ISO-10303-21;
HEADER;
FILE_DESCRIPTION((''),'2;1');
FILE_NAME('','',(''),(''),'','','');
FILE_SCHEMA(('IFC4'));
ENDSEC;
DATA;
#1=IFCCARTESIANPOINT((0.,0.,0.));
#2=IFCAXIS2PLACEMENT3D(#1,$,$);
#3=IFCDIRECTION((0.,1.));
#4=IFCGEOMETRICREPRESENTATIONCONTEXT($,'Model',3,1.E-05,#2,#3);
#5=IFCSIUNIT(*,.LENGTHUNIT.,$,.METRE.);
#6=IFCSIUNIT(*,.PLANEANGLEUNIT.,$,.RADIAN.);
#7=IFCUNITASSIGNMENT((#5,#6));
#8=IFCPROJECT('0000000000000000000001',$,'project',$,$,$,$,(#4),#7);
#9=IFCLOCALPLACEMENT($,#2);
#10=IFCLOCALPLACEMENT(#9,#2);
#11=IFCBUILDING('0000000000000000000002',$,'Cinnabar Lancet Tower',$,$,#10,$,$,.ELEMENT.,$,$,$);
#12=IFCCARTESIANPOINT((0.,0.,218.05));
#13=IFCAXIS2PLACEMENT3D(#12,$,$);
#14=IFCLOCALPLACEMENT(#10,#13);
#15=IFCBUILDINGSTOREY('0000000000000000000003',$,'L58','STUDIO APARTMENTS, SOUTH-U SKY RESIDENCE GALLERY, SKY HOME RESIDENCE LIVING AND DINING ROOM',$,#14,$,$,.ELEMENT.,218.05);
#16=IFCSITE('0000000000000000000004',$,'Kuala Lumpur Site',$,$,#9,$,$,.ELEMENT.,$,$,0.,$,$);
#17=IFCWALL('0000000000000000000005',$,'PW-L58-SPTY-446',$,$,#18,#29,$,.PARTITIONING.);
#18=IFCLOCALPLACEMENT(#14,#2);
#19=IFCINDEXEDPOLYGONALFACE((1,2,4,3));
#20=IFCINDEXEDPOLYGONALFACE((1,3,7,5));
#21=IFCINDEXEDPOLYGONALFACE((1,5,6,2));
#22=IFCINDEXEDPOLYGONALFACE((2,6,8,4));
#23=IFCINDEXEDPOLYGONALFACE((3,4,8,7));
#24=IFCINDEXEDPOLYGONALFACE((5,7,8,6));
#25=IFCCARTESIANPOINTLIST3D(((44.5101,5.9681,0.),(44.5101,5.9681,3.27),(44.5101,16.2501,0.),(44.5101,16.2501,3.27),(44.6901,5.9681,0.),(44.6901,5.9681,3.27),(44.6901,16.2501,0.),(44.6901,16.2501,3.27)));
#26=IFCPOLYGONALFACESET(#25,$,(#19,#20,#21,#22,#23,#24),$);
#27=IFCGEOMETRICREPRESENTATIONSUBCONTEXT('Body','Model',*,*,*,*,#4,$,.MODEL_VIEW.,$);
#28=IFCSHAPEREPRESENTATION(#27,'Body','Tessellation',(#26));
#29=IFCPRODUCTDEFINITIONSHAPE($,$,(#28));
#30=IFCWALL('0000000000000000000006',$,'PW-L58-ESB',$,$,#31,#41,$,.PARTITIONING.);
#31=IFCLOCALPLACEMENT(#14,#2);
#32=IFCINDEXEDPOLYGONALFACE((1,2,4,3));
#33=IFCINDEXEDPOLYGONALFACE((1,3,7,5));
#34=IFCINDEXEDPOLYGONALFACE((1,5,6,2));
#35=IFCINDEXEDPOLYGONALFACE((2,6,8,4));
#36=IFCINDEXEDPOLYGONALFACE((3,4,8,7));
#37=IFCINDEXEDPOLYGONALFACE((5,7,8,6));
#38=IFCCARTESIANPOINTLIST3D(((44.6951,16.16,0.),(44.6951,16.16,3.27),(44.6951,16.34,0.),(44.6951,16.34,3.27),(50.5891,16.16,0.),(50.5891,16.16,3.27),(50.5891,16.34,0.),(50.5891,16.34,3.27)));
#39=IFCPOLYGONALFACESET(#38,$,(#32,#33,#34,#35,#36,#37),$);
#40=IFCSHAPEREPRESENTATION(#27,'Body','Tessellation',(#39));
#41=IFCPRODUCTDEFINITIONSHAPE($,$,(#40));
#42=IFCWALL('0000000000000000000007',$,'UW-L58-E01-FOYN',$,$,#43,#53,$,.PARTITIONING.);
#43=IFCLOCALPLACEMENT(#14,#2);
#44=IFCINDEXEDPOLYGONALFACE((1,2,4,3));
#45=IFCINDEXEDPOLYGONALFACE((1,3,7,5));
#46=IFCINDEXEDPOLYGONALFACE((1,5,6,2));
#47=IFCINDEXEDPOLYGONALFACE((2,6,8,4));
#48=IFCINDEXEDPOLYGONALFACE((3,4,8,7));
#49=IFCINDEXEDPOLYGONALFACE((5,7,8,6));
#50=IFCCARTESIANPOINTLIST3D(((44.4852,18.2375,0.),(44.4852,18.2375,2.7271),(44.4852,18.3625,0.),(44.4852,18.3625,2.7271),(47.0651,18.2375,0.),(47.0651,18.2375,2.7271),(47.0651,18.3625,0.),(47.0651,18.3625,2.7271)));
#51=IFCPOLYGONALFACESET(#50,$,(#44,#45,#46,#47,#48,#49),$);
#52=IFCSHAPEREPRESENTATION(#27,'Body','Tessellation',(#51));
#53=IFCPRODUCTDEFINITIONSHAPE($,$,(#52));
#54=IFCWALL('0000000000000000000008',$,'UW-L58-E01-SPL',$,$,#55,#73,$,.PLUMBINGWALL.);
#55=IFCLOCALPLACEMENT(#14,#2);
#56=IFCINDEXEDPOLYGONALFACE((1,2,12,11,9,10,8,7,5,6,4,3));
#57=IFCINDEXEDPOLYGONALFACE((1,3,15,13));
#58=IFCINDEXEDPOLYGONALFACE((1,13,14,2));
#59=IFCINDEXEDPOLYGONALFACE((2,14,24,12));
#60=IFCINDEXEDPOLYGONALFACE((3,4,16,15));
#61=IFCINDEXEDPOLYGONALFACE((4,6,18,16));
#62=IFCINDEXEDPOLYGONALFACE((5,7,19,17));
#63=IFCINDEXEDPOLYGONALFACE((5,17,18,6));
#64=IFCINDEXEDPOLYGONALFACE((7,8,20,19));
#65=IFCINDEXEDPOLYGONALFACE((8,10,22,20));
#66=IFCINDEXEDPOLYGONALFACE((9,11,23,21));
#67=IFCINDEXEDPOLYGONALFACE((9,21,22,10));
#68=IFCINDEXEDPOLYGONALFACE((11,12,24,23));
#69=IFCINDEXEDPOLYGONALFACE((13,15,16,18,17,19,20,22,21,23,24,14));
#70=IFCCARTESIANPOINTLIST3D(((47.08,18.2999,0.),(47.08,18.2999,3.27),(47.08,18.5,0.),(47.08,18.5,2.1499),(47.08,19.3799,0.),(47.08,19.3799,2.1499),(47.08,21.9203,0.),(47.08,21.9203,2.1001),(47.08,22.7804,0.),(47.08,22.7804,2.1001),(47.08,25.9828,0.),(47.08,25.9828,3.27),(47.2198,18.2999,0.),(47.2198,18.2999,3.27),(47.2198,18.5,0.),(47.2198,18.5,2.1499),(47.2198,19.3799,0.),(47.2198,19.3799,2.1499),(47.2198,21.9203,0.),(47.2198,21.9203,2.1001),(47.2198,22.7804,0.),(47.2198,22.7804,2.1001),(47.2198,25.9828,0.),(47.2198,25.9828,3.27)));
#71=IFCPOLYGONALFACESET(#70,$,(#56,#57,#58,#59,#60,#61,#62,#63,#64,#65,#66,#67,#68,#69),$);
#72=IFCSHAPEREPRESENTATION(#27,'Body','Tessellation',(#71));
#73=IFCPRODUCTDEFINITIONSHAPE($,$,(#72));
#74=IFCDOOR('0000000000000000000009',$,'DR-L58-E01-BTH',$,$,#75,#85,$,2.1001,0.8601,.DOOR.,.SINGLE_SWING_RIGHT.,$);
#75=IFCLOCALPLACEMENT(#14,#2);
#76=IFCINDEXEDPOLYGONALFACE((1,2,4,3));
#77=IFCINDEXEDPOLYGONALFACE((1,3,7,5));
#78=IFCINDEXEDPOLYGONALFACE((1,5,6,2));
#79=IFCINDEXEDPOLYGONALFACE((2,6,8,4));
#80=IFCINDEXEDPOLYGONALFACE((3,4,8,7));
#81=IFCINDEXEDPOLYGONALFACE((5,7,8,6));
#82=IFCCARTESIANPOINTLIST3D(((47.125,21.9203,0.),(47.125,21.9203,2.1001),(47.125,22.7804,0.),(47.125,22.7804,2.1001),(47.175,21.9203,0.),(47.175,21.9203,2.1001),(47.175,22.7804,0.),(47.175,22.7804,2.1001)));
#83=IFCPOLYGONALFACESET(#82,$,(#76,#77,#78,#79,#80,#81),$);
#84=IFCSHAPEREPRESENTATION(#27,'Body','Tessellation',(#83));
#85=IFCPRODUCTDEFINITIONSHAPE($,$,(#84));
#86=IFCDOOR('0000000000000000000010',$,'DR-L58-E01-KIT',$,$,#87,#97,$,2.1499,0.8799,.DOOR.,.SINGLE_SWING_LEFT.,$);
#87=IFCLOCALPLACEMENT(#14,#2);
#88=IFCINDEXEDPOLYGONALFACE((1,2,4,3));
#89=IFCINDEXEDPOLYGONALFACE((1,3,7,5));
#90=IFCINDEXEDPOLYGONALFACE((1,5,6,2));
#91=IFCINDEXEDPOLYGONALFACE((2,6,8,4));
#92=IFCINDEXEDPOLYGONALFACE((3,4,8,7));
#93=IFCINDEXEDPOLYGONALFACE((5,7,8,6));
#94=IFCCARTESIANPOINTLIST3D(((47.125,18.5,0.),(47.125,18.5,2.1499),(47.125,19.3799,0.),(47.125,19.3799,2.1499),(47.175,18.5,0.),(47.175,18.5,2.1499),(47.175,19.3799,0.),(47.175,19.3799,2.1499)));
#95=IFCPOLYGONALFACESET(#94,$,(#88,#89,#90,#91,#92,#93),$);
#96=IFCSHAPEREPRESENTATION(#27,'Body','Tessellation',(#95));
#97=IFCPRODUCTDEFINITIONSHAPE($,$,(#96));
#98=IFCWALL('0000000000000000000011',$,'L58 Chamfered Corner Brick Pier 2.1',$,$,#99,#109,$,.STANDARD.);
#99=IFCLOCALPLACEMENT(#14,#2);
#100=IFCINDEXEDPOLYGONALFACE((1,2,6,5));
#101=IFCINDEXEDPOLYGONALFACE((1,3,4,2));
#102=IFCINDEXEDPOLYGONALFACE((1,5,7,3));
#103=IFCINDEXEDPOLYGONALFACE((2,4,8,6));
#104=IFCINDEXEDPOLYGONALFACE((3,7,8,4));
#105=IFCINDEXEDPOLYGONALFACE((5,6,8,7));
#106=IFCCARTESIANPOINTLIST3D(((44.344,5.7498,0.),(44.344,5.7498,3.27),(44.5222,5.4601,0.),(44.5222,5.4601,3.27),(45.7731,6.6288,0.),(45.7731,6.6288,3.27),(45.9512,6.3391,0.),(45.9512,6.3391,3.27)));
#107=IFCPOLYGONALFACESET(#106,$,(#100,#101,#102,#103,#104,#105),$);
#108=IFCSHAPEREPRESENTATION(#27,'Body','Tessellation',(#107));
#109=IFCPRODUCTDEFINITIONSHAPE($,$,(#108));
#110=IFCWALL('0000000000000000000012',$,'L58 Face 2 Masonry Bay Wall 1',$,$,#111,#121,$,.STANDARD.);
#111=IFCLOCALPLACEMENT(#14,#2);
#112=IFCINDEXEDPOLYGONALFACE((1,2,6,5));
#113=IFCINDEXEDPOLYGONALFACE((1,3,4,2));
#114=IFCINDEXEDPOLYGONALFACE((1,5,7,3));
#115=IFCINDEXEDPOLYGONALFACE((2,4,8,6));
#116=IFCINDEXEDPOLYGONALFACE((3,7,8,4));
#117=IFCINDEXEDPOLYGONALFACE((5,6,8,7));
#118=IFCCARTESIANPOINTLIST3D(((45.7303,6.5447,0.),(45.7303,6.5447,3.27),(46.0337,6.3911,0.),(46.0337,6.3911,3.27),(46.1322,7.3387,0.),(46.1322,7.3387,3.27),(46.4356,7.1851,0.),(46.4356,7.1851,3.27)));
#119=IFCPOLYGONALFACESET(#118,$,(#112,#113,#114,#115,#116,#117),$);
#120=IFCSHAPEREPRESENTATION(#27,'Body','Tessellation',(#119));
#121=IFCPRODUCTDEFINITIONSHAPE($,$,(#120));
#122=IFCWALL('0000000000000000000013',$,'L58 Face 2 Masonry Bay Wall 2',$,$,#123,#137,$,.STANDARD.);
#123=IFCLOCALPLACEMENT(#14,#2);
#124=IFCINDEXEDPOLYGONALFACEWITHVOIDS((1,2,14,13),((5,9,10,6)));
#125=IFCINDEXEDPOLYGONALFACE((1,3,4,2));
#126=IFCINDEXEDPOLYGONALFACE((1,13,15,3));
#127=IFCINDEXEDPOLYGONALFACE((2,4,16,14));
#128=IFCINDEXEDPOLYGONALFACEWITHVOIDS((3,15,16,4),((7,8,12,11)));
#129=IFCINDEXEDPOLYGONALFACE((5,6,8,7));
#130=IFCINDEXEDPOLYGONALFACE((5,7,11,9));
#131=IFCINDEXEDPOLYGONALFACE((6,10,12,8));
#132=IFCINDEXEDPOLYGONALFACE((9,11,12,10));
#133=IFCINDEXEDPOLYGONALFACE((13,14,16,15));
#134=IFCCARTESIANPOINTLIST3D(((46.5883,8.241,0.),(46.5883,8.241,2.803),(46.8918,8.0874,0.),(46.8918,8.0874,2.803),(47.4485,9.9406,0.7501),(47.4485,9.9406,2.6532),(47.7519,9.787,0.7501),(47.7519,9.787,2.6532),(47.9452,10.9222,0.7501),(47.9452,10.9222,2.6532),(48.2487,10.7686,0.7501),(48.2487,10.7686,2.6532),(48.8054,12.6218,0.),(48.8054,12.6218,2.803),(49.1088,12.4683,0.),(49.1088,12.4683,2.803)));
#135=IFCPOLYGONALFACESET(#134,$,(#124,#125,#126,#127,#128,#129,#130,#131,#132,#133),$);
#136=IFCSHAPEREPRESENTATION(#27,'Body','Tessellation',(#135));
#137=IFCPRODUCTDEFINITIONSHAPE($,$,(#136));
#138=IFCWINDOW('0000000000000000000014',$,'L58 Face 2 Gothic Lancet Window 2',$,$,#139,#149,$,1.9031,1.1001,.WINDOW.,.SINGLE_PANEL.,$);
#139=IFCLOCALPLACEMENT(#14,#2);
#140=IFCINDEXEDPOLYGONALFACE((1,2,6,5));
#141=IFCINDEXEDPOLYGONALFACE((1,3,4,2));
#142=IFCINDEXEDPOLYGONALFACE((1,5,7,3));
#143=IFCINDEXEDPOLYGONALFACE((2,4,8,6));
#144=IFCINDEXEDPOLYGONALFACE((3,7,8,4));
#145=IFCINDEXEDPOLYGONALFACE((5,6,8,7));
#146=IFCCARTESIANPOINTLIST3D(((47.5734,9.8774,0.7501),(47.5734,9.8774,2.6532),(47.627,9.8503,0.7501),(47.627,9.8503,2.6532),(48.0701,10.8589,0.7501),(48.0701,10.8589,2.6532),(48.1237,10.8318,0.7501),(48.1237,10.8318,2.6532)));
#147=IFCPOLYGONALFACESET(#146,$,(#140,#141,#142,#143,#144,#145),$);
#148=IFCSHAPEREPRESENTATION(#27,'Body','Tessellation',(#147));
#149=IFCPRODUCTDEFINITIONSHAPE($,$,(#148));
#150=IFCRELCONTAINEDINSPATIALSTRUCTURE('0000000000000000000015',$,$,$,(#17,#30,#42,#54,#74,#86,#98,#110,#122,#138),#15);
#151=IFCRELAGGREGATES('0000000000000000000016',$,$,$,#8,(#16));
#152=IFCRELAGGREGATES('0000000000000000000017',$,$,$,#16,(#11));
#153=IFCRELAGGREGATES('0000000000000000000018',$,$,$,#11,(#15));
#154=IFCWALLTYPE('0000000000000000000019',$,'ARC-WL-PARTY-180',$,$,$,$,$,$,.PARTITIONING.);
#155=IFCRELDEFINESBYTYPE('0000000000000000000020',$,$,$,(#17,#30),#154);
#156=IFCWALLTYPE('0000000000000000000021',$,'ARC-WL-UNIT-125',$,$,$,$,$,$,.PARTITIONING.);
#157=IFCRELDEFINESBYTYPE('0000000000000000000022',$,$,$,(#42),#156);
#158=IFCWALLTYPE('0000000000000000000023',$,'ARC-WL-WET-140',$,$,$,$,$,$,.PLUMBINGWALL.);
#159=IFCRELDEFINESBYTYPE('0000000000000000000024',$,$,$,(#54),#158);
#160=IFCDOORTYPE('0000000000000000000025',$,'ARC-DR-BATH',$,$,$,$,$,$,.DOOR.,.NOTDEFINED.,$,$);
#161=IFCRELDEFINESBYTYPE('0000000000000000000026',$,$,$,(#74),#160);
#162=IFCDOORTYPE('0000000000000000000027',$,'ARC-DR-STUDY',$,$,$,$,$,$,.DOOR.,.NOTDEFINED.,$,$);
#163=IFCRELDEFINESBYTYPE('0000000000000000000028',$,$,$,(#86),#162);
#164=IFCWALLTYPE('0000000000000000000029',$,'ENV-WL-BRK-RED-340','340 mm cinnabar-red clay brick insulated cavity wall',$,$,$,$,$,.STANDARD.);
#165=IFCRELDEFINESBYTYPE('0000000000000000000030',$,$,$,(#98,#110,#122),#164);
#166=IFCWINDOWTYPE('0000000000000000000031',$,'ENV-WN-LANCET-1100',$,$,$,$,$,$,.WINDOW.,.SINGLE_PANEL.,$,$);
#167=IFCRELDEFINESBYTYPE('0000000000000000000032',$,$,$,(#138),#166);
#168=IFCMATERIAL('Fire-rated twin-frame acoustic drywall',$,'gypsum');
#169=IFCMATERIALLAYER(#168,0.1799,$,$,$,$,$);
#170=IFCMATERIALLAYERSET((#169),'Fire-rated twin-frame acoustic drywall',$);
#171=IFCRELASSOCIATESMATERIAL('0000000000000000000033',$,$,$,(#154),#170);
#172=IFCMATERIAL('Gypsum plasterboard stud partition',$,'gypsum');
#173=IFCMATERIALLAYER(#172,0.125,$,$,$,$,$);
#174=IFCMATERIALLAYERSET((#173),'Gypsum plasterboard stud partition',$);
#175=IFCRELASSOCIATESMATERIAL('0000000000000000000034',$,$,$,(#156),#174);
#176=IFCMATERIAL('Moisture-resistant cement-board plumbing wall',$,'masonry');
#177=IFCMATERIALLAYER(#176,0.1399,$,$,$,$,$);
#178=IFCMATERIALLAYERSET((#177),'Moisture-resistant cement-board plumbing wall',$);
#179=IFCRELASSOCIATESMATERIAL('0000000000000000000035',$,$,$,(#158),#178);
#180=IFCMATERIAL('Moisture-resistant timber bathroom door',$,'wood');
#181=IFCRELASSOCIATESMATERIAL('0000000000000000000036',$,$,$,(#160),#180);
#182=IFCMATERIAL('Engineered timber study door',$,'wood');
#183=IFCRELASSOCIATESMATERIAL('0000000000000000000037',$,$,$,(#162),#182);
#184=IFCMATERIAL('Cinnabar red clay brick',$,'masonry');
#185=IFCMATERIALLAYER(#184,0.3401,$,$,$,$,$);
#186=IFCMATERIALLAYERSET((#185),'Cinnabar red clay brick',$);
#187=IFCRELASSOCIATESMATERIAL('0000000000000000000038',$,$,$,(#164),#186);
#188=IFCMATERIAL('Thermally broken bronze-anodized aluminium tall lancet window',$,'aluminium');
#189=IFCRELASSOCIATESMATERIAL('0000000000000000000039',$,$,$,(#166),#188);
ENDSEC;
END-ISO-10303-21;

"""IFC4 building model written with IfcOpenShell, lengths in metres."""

from ifc_helpers import new_model, si_unit, direction, frame, frame_2d, origin, place, context, subcontext, project, spatial, rectangle, extrude, material, layer, layer_set, type_object, element, fill, save


model = new_model("IFC4")

# Units and contexts
model_context = context("Model", 3, precision=1e-05, world=origin(), true_north=direction((0.0, 1.0)))
body_context = subcontext(model_context, "Body", "Model", "MODEL_VIEW")
ifc_project = project(units=[si_unit("LENGTHUNIT", "METRE"), si_unit("PLANEANGLEUNIT", "RADIAN")], contexts=[model_context])

# Site, building, storey
site_placement = place(None, origin())
site = spatial("IfcSite", under=ifc_project, at=site_placement, Name="Kuala Lumpur Site", CompositionType="ELEMENT", RefElevation=0.0)
building_placement = place(site_placement, origin())
building = spatial("IfcBuilding", under=site, at=building_placement, Name="Cinnabar Lancet Tower", CompositionType="ELEMENT")
storey_placement = place(building_placement, frame((0.0, 0.0, 218.05)))
storey = spatial("IfcBuildingStorey", under=building, at=storey_placement, Name="L58", Description="STUDIO APARTMENTS, SOUTH-U SKY RESIDENCE GALLERY, SKY HOME RESIDENCE LIVING AND DINING ROOM", CompositionType="ELEMENT", Elevation=218.05)

# Walls
ifc_material_1 = material(Name="Fire-rated twin-frame acoustic drywall", Category="gypsum")
ifc_layer_1 = layer(ifc_material_1, 0.1799)
ifc_layer_set_1 = layer_set([ifc_layer_1], Name="Fire-rated twin-frame acoustic drywall")
wall_type_1 = type_object("IfcWallType", Name="ARC-WL-PARTY-180", PredefinedType="PARTITIONING", material=ifc_layer_set_1)
wall_1_placement = place(storey_placement, frame((44.6001, 5.968, 0.0), z_axis=(0.0, 0.0, 1.0), x_axis=(0.0, 1.0, 0.0)))
element("IfcWall", 1, at=wall_1_placement, inside=storey, type_object=wall_type_1, Name="PW-L58-SPTY-446", PredefinedType="PARTITIONING", context=body_context, shape_type="SweptSolid", body=[
    extrude(rectangle(XDim=10.282, YDim=0.1799, at=frame_2d((5.1411, 0.0))), origin(), (0.0, 0.0, 1.0), 3.27),
])
wall_2_placement = place(storey_placement, frame((44.6951, 16.25, 0.0), z_axis=(0.0, 0.0, 1.0), x_axis=(1.0, 0.0, 0.0)))
element("IfcWall", 2, at=wall_2_placement, inside=storey, type_object=wall_type_1, Name="PW-L58-ESB", PredefinedType="PARTITIONING", context=body_context, shape_type="SweptSolid", body=[
    extrude(rectangle(XDim=5.894, YDim=0.1799, at=frame_2d((2.947, 0.0))), origin(), (0.0, 0.0, 1.0), 3.27),
])
ifc_material_2 = material(Name="Gypsum plasterboard stud partition", Category="gypsum")
ifc_layer_2 = layer(ifc_material_2, 0.125)
ifc_layer_set_2 = layer_set([ifc_layer_2], Name="Gypsum plasterboard stud partition")
wall_type_2 = type_object("IfcWallType", Name="ARC-WL-UNIT-125", PredefinedType="PARTITIONING", material=ifc_layer_set_2)
wall_3_placement = place(storey_placement, frame((44.4851, 18.3, 0.0), z_axis=(0.0, 0.0, 1.0), x_axis=(1.0, 0.0, 0.0)))
element("IfcWall", 3, at=wall_3_placement, inside=storey, type_object=wall_type_2, Name="UW-L58-E01-FOYN", PredefinedType="PARTITIONING", context=body_context, shape_type="SweptSolid", body=[
    extrude(rectangle(XDim=2.5798, YDim=0.125, at=frame_2d((1.29, 0.0))), origin(), (0.0, 0.0, 1.0), 2.7271),
])

# Wall, openings, doors
ifc_material_3 = material(Name="Moisture-resistant cement-board plumbing wall", Category="masonry")
ifc_layer_3 = layer(ifc_material_3, 0.1399)
ifc_layer_set_3 = layer_set([ifc_layer_3], Name="Moisture-resistant cement-board plumbing wall")
wall_type_3 = type_object("IfcWallType", Name="ARC-WL-WET-140", PredefinedType="PLUMBINGWALL", material=ifc_layer_set_3)
wall_4_placement = place(storey_placement, frame((47.1499, 18.3, 0.0), z_axis=(0.0, 0.0, 1.0), x_axis=(0.0, 1.0, 0.0)))
wall_4 = element("IfcWall", 4, at=wall_4_placement, inside=storey, type_object=wall_type_3, Name="UW-L58-E01-SPL", PredefinedType="PLUMBINGWALL", context=body_context, shape_type="SweptSolid", body=[
    extrude(rectangle(XDim=7.6829, YDim=0.1399, at=frame_2d((3.8413, 0.0))), origin(), (0.0, 0.0, 1.0), 3.27),
])
opening_1_placement = place(wall_4_placement, frame((3.6201, 0.0, 0.0)))
opening_1 = element("IfcOpeningElement", 5, at=opening_1_placement, cuts=wall_4, PredefinedType="OPENING", context=body_context, shape_type="SweptSolid", body=[
    extrude(rectangle(XDim=0.8601, YDim=2.1001, at=frame_2d((0.4302, 1.05))), frame((0.0, 0.0798, 0.0), z_axis=(0.0, -1.0, 0.0), x_axis=(1.0, 0.0, 0.0)), (0.0, 0.0, 1.0), 0.1599),
])
opening_2_placement = place(wall_4_placement, frame((0.2, 0.0, 0.0)))
opening_2 = element("IfcOpeningElement", 6, at=opening_2_placement, cuts=wall_4, PredefinedType="OPENING", context=body_context, shape_type="SweptSolid", body=[
    extrude(rectangle(XDim=0.8799, YDim=2.1499, at=frame_2d((0.4399, 1.075))), frame((0.0, 0.0798, 0.0), z_axis=(0.0, -1.0, 0.0), x_axis=(1.0, 0.0, 0.0)), (0.0, 0.0, 1.0), 0.1599),
])
ifc_material_4 = material(Name="Moisture-resistant timber bathroom door", Category="wood")
door_type_1 = type_object("IfcDoorType", Name="ARC-DR-BATH", OperationType="NOTDEFINED", PredefinedType="DOOR", material=ifc_material_4)
door_1_placement = place(opening_1_placement, origin())
door_1 = element("IfcDoor", 7, at=door_1_placement, inside=storey, type_object=door_type_1, Name="DR-L58-E01-BTH", OperationType="SINGLE_SWING_RIGHT", OverallHeight=2.1001, OverallWidth=0.8601, PredefinedType="DOOR", context=body_context, shape_type="SweptSolid", body=[
    extrude(rectangle(XDim=0.8601, YDim=2.1001, at=frame_2d((0.4302, 1.05))), frame((0.0, 0.0249, 0.0), z_axis=(0.0, -1.0, 0.0), x_axis=(1.0, 0.0, 0.0)), (0.0, 0.0, 1.0), 0.05),
])
fill(opening_1, door_1)
ifc_material_5 = material(Name="Engineered timber study door", Category="wood")
door_type_2 = type_object("IfcDoorType", Name="ARC-DR-STUDY", OperationType="NOTDEFINED", PredefinedType="DOOR", material=ifc_material_5)
door_2_placement = place(opening_2_placement, origin())
door_2 = element("IfcDoor", 8, at=door_2_placement, inside=storey, type_object=door_type_2, Name="DR-L58-E01-KIT", OperationType="SINGLE_SWING_LEFT", OverallHeight=2.1499, OverallWidth=0.8799, PredefinedType="DOOR", context=body_context, shape_type="SweptSolid", body=[
    extrude(rectangle(XDim=0.8799, YDim=2.1499, at=frame_2d((0.4399, 1.075))), frame((0.0, 0.0249, 0.0), z_axis=(0.0, -1.0, 0.0), x_axis=(1.0, 0.0, 0.0)), (0.0, 0.0, 1.0), 0.05),
])
fill(opening_2, door_2)

# Walls
ifc_material_6 = material(Name="Cinnabar red clay brick", Category="masonry")
ifc_layer_4 = layer(ifc_material_6, 0.3401)
ifc_layer_set_4 = layer_set([ifc_layer_4], Name="Cinnabar red clay brick")
wall_type_4 = type_object("IfcWallType", Name="ENV-WL-BRK-RED-340", Description="340 mm cinnabar-red clay brick insulated cavity wall", PredefinedType="STANDARD", material=ifc_layer_set_4)
wall_5_placement = place(storey_placement, frame((44.4331, 5.605, 0.0), z_axis=(0.0, 0.0, 1.0), x_axis=(0.851778, 0.523903, 0.0)))
element("IfcWall", 9, at=wall_5_placement, inside=storey, type_object=wall_type_4, Name="L58 Chamfered Corner Brick Pier 2.1", PredefinedType="STANDARD", context=body_context, shape_type="SweptSolid", body=[
    extrude(rectangle(XDim=1.6777, YDim=0.3401, at=frame_2d((0.8389, 0.0))), origin(), (0.0, 0.0, 1.0), 3.27),
])
wall_6_placement = place(storey_placement, frame((45.8821, 6.468, 0.0), z_axis=(0.0, 0.0, 1.0), x_axis=(0.451598, 0.892222, 0.0)))
element("IfcWall", 10, at=wall_6_placement, inside=storey, type_object=wall_type_4, Name="L58 Face 2 Masonry Bay Wall 1", PredefinedType="STANDARD", context=body_context, shape_type="SweptSolid", body=[
    extrude(rectangle(XDim=0.8899, YDim=0.3401, at=frame_2d((0.4448, 0.0))), origin(), (0.0, 0.0, 1.0), 3.27),
])

# Wall, opening, window
wall_7_placement = place(storey_placement, frame((46.74, 8.1641, 0.0), z_axis=(0.0, 0.0, 1.0), x_axis=(0.451544, 0.892249, 0.0)))
wall_7 = element("IfcWall", 11, at=wall_7_placement, inside=storey, type_object=wall_type_4, Name="L58 Face 2 Masonry Bay Wall 2", PredefinedType="STANDARD", context=body_context, shape_type="SweptSolid", body=[
    extrude(rectangle(XDim=4.9099, YDim=0.3401, at=frame_2d((2.4551, 0.0))), origin(), (0.0, 0.0, 1.0), 2.803),
])
opening_3_placement = place(wall_7_placement, frame((1.905, 0.0, 0.75)))
opening_3 = element("IfcOpeningElement", 12, at=opening_3_placement, cuts=wall_7, PredefinedType="OPENING", context=body_context, shape_type="SweptSolid", body=[
    extrude(rectangle(XDim=1.1001, YDim=1.9031, at=frame_2d((0.55, 0.9517))), frame((0.0, 0.1799, 0.0), z_axis=(0.0, -1.0, 0.0), x_axis=(1.0, 0.0, 0.0)), (0.0, 0.0, 1.0), 0.3601),
])
ifc_material_7 = material(Name="Thermally broken bronze-anodized aluminium tall lancet window", Category="aluminium")
window_type = type_object("IfcWindowType", Name="ENV-WN-LANCET-1100", PartitioningType="SINGLE_PANEL", PredefinedType="WINDOW", material=ifc_material_7)
window_1_placement = place(opening_3_placement, origin())
window_1 = element("IfcWindow", 13, at=window_1_placement, inside=storey, type_object=window_type, Name="L58 Face 2 Gothic Lancet Window 2", OverallHeight=1.9031, OverallWidth=1.1001, PartitioningType="SINGLE_PANEL", PredefinedType="WINDOW", context=body_context, shape_type="SweptSolid", body=[
    extrude(rectangle(XDim=1.1001, YDim=1.9031, at=frame_2d((0.55, 0.9517))), frame((0.0, 0.03, 0.0), z_axis=(0.0, -1.0, 0.0), x_axis=(1.0, 0.0, 0.0)), (0.0, 0.0, 1.0), 0.0601),
])
fill(opening_3, window_1)

save(model, "model.ifc")
